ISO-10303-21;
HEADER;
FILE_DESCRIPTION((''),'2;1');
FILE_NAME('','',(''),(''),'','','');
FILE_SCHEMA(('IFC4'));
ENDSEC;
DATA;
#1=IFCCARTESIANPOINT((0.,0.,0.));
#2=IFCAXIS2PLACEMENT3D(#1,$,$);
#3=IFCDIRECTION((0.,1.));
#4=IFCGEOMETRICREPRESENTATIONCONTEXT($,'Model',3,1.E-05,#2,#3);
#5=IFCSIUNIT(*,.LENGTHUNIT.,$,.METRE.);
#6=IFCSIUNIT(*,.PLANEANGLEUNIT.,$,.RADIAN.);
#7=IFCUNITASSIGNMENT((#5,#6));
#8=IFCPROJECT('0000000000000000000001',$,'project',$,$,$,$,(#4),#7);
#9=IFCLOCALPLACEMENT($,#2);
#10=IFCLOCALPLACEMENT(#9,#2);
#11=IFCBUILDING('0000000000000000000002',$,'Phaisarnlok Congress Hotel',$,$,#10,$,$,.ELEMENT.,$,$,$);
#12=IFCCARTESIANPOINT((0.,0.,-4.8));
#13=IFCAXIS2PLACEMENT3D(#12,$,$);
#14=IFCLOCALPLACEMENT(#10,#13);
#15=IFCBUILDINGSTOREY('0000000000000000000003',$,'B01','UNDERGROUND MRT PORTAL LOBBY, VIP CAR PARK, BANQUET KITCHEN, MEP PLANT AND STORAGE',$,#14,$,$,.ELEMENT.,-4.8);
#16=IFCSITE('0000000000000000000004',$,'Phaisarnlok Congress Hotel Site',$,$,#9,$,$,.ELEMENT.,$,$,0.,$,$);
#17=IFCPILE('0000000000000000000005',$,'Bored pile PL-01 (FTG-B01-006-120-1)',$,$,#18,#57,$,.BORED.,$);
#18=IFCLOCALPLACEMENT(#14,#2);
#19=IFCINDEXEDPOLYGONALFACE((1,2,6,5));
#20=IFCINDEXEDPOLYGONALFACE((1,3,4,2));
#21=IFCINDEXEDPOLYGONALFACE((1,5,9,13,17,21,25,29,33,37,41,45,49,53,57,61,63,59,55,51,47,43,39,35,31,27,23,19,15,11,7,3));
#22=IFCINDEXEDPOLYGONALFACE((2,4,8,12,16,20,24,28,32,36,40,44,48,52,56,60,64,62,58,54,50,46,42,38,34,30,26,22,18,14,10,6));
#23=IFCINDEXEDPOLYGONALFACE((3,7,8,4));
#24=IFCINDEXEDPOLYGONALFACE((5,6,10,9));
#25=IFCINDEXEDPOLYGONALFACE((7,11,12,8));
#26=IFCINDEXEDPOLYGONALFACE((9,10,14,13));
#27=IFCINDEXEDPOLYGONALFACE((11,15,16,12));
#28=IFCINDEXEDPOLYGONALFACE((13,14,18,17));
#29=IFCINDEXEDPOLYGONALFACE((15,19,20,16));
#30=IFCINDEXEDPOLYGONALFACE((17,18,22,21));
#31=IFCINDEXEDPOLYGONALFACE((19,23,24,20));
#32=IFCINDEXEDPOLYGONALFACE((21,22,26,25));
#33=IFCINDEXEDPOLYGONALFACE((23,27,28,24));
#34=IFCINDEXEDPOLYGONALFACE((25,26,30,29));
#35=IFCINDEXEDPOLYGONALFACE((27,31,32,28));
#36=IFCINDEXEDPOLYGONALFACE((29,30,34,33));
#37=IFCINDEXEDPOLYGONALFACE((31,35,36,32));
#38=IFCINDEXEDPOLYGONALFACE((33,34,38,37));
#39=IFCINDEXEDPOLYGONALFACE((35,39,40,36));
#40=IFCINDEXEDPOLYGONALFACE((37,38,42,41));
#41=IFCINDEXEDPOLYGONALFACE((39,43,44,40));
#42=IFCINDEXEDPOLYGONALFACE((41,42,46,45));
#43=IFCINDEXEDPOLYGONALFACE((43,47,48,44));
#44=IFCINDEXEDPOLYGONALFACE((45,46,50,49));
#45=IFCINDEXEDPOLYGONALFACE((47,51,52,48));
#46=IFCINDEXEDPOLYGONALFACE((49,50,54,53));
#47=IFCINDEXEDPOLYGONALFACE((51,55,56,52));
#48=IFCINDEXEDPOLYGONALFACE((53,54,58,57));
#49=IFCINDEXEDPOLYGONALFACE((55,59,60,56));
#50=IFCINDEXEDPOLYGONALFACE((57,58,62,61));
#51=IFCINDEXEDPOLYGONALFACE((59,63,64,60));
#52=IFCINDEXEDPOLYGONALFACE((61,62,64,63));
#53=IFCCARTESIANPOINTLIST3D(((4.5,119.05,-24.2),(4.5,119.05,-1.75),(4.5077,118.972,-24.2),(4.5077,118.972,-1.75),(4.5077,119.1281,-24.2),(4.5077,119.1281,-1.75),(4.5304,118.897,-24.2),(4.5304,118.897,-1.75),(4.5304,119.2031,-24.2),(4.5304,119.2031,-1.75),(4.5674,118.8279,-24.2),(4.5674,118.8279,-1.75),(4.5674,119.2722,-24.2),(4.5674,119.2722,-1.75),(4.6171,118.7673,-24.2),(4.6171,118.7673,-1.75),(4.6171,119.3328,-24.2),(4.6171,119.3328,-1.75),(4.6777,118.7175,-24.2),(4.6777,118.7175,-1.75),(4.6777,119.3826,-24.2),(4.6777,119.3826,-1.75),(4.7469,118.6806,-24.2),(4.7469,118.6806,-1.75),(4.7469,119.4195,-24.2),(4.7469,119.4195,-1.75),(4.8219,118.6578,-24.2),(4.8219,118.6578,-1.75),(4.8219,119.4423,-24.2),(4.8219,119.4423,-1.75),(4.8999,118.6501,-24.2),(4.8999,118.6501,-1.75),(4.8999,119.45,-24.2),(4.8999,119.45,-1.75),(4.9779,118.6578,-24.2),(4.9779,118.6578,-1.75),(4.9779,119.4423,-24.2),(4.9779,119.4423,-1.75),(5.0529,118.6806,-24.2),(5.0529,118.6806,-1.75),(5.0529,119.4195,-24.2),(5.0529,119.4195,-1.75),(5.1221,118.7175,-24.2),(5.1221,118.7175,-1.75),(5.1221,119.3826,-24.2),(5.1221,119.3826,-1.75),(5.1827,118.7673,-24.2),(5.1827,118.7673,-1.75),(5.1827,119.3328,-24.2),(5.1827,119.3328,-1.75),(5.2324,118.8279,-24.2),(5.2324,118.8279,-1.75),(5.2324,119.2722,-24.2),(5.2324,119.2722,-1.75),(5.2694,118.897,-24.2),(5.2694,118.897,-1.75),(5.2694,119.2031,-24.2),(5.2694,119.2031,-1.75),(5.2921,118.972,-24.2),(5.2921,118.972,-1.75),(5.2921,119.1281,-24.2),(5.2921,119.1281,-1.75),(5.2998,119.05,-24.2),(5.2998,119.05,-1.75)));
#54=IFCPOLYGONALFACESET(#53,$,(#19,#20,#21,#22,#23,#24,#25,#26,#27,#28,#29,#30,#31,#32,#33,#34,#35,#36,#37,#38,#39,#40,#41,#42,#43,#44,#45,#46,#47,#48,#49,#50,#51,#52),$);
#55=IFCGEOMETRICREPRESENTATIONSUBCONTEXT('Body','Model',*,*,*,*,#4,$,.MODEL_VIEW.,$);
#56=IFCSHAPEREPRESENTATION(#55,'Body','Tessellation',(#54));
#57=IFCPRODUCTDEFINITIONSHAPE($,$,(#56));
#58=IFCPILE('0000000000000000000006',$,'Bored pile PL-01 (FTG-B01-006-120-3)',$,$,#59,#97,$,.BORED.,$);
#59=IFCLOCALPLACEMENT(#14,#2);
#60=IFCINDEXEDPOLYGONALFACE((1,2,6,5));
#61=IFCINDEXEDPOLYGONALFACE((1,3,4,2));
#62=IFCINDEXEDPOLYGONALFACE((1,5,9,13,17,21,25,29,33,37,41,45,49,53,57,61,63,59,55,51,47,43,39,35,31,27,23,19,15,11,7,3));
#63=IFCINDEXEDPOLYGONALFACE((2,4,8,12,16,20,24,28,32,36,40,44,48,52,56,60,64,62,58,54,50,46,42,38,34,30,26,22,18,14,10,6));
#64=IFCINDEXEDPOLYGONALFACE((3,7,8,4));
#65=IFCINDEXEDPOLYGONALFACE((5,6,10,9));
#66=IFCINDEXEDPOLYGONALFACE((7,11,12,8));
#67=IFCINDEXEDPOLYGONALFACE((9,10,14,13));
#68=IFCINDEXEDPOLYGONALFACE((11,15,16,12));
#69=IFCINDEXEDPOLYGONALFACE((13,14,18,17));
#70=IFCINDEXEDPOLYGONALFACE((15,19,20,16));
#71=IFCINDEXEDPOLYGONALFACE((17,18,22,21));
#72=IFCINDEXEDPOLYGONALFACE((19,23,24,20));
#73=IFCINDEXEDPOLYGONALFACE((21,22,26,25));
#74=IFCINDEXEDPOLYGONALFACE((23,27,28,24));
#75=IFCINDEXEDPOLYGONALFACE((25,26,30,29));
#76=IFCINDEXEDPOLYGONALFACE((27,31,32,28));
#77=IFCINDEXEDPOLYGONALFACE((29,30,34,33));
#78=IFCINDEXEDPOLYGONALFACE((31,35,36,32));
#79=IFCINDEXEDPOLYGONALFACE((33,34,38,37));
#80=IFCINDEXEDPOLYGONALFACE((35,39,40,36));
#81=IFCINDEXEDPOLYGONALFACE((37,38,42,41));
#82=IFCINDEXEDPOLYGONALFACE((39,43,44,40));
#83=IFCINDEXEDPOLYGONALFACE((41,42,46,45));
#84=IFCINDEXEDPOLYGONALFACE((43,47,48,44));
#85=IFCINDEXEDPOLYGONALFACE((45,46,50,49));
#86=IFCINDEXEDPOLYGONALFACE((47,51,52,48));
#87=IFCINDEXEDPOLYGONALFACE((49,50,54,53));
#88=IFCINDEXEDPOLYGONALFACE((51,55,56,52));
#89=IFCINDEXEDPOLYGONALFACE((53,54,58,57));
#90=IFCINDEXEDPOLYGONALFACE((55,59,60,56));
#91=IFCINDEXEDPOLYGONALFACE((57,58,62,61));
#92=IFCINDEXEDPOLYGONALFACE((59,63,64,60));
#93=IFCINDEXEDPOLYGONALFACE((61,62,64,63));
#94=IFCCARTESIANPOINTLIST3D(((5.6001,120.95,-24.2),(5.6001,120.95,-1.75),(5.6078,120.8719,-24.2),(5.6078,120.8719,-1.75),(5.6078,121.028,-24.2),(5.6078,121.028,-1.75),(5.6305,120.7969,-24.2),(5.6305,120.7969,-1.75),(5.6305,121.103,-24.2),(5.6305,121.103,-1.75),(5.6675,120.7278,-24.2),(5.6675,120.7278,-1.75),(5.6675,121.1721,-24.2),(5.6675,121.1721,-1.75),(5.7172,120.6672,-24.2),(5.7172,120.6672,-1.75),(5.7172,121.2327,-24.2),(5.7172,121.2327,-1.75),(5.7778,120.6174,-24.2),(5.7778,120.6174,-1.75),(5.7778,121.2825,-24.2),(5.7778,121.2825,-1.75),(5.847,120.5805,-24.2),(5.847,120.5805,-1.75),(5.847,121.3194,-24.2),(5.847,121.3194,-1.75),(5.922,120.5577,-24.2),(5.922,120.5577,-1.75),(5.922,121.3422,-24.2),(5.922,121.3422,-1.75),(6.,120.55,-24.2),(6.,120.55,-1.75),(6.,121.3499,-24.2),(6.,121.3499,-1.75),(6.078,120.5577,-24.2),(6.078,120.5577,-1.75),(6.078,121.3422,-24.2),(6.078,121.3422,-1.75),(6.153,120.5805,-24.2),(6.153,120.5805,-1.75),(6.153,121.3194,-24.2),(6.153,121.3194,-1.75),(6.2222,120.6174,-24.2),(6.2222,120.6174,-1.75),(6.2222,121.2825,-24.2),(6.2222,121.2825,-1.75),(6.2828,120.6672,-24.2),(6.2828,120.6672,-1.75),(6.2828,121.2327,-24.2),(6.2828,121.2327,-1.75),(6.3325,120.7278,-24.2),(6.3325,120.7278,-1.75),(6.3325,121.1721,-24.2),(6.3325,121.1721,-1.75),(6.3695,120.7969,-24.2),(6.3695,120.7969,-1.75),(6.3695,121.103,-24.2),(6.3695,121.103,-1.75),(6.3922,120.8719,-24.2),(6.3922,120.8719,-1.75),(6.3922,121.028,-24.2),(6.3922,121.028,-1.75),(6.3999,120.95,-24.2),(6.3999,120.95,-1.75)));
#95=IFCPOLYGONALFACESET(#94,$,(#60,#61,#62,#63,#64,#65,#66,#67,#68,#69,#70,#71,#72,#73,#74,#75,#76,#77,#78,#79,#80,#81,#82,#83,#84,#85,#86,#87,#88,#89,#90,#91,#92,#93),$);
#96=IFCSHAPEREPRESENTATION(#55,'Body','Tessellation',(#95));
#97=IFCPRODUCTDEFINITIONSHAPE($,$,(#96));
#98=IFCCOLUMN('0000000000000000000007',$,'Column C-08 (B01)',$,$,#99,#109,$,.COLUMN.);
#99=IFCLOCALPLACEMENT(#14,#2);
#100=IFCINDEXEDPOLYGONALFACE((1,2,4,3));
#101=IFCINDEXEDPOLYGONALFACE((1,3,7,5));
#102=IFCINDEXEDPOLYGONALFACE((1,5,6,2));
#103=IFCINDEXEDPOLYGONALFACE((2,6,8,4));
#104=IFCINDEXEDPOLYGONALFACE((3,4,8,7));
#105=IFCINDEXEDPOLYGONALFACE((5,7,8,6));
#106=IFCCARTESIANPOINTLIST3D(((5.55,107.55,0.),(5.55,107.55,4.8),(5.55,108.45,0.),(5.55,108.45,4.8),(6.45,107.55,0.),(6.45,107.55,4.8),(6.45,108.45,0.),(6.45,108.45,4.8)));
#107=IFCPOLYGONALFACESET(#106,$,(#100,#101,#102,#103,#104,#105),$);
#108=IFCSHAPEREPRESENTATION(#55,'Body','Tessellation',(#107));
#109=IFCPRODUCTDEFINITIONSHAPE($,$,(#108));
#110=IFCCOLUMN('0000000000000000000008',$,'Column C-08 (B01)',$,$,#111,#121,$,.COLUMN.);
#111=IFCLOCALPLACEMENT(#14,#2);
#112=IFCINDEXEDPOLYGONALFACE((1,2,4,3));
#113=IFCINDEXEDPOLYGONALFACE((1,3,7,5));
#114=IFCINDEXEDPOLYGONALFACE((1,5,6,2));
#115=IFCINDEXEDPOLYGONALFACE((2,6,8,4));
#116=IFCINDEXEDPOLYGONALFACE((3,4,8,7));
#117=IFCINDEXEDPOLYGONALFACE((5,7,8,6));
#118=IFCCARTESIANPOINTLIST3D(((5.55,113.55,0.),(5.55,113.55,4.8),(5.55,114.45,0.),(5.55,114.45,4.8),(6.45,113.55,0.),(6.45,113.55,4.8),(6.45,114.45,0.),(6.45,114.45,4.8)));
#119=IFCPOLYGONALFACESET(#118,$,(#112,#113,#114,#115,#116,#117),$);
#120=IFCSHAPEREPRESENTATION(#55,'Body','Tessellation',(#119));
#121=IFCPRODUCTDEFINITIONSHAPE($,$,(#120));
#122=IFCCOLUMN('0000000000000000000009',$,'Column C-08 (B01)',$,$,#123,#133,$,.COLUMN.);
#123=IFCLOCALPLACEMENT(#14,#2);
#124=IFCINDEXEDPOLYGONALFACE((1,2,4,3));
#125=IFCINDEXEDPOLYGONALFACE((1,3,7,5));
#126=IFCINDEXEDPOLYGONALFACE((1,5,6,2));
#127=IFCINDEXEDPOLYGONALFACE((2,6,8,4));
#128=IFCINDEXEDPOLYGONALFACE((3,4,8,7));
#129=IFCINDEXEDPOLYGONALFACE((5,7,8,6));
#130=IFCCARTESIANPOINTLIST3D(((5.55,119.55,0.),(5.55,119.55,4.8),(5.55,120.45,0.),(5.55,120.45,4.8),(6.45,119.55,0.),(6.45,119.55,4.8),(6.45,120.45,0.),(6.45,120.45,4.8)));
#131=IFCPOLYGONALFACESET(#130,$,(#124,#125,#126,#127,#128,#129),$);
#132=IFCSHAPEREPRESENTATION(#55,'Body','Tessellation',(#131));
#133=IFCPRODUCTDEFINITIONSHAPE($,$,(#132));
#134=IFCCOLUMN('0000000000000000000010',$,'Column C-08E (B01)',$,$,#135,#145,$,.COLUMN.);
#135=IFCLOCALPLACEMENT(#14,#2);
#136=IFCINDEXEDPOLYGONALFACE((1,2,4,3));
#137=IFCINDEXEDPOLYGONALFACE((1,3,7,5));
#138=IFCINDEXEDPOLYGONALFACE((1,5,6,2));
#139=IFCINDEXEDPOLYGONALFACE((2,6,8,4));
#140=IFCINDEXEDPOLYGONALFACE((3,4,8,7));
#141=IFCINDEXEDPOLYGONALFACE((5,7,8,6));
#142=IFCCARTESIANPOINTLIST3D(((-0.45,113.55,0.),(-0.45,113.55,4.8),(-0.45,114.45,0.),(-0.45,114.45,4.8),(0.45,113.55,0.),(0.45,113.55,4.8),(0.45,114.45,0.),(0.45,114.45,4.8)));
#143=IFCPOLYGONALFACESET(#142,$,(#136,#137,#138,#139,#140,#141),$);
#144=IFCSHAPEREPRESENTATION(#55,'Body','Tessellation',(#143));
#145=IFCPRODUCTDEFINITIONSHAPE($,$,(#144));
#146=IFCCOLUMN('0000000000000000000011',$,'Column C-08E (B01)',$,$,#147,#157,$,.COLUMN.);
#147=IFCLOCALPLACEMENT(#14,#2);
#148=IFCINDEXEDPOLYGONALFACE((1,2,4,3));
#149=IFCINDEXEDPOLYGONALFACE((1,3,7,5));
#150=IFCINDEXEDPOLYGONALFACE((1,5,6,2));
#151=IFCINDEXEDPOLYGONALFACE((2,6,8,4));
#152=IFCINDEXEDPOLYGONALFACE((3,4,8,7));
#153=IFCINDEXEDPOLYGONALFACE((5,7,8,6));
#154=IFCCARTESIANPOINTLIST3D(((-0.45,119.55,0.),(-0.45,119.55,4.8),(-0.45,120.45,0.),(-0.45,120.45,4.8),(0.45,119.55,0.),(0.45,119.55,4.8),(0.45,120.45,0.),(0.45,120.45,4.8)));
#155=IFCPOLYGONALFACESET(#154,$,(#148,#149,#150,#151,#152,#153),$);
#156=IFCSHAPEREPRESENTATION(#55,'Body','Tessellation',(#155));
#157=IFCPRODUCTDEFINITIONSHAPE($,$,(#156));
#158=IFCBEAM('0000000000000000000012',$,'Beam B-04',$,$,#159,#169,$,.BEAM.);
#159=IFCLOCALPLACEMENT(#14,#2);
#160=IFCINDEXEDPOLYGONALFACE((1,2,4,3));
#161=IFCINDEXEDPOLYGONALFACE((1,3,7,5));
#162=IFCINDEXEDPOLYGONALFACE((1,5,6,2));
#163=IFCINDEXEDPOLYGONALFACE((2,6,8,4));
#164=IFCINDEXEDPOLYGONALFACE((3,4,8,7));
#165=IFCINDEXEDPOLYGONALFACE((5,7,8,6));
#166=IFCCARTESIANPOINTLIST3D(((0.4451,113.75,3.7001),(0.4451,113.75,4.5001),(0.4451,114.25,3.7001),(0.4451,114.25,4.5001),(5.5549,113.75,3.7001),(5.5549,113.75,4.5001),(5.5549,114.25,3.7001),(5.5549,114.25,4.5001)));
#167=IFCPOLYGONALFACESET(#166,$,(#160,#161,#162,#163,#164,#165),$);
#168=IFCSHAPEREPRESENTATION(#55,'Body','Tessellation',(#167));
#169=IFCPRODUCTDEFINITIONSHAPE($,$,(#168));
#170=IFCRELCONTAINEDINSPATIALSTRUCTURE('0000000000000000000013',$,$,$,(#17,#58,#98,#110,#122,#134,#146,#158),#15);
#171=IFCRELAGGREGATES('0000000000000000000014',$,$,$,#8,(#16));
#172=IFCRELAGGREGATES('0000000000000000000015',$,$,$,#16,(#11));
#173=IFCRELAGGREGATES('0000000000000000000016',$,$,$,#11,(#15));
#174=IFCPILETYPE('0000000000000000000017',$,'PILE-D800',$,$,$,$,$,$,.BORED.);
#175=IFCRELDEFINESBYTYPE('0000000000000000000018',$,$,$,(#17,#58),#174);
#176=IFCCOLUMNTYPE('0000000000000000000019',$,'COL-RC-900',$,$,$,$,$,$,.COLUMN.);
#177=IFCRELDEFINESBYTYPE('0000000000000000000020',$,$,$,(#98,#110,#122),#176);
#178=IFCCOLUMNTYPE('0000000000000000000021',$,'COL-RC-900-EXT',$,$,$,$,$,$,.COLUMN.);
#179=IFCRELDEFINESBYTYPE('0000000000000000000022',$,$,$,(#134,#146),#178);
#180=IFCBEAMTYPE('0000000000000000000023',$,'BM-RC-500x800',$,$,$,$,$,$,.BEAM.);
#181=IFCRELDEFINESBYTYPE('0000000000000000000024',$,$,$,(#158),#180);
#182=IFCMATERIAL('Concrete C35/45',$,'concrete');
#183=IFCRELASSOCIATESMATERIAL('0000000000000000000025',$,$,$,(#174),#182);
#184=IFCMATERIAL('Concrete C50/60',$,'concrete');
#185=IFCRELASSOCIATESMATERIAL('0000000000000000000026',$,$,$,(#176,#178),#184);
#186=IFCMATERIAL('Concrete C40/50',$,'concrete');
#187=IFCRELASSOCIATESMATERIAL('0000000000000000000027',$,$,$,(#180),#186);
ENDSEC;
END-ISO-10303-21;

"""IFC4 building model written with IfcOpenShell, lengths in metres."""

from ifc_helpers import new_model, si_unit, direction, frame, origin, origin_2d, place, context, subcontext, project, spatial, rectangle, circle, extrude, material, material_profile, profile_set, type_object, element, save


model = new_model("IFC4")

# Units and contexts
model_context = context("Model", 3, precision=1e-05, world=origin(), true_north=direction((0.0, 1.0)))
body_context = subcontext(model_context, "Body", "Model", "MODEL_VIEW")
ifc_project = project(units=[si_unit("LENGTHUNIT", "METRE"), si_unit("PLANEANGLEUNIT", "RADIAN")], contexts=[model_context])

# Site, building, storey
site_placement = place(None, origin())
site = spatial("IfcSite", under=ifc_project, at=site_placement, Name="Phaisarnlok Congress Hotel Site", CompositionType="ELEMENT", RefElevation=0.0)
building_placement = place(site_placement, origin())
building = spatial("IfcBuilding", under=site, at=building_placement, Name="Phaisarnlok Congress Hotel", CompositionType="ELEMENT")
storey_placement = place(building_placement, frame((0.0, 0.0, -4.8)))
storey = spatial("IfcBuildingStorey", under=building, at=storey_placement, Name="B01", Description="UNDERGROUND MRT PORTAL LOBBY, VIP CAR PARK, BANQUET KITCHEN, MEP PLANT AND STORAGE", CompositionType="ELEMENT", Elevation=-4.8)

# Shared definitions
ifc_material_1 = material(Name="Concrete C40/50", Category="concrete")

# Piles
ifc_material_2 = material(Name="Concrete C35/45", Category="concrete")
ifc_material_profile_1 = material_profile(ifc_material_2, circle(Radius=0.3999, at=origin_2d()), Name="BORED PILE D800")
ifc_profile_set_1 = profile_set([ifc_material_profile_1], Name="Concrete C35/45")
pile_type_1 = type_object("IfcPileType", Name="PILE-D800", PredefinedType="BORED", material=ifc_profile_set_1)
for number, where, z_axis, x_axis, name in (
    (1, (4.8999, 119.05, -1.75), (0.0, 0.0, -1.0), (1.0, 0.0, 0.0), "Bored pile PL-01 (FTG-B01-006-120-1)"),
    (2, (6.0, 120.95, -1.75), (0.0, 0.0, -1.0), (1.0, 0.0, 0.0), "Bored pile PL-01 (FTG-B01-006-120-3)"),
):
    element("IfcPile", number, at=place(storey_placement, frame(where, z_axis=z_axis, x_axis=x_axis)), inside=storey, type_object=pile_type_1, Name=name, PredefinedType="BORED", context=body_context, shape_type="SweptSolid", body=[
        extrude(circle(Radius=0.3999, at=origin_2d()), origin(), (0.0, 0.0, 1.0), 22.45),
    ])

# Columns
ifc_material_3 = material(Name="Concrete C50/60", Category="concrete")
ifc_material_profile_2 = material_profile(ifc_material_3, rectangle(XDim=0.8999, YDim=0.8999, at=origin_2d()), Name="RC 900x900")
ifc_profile_set_2 = profile_set([ifc_material_profile_2], Name="Concrete C50/60")
column_type_1 = type_object("IfcColumnType", Name="COL-RC-900", PredefinedType="COLUMN", material=ifc_profile_set_2)
for number, where, z_axis, x_axis, name in (
    (3, (6.0, 108.0, 0.0), (0.0, 0.0, 1.0), (1.0, 0.0, 0.0), "Column C-08 (B01)"),
    (4, (6.0, 114.0, 0.0), (0.0, 0.0, 1.0), (1.0, 0.0, 0.0), "Column C-08 (B01)"),
    (5, (6.0, 120.0, 0.0), (0.0, 0.0, 1.0), (1.0, 0.0, 0.0), "Column C-08 (B01)"),
):
    element("IfcColumn", number, at=place(storey_placement, frame(where, z_axis=z_axis, x_axis=x_axis)), inside=storey, type_object=column_type_1, Name=name, PredefinedType="COLUMN", context=body_context, shape_type="SweptSolid", body=[
        extrude(rectangle(XDim=0.8999, YDim=0.8999, at=origin_2d()), origin(), (0.0, 0.0, 1.0), 4.8),
    ])
ifc_material_profile_3 = material_profile(ifc_material_3, rectangle(XDim=0.8999, YDim=0.8999, at=origin_2d()), Name="RC 900x900")
ifc_profile_set_3 = profile_set([ifc_material_profile_3], Name="Concrete C50/60")
column_type_2 = type_object("IfcColumnType", Name="COL-RC-900-EXT", PredefinedType="COLUMN", material=ifc_profile_set_3)
for number, where, z_axis, x_axis, name in (
    (6, (0.0, 114.0, 0.0), (0.0, 0.0, 1.0), (1.0, 0.0, 0.0), "Column C-08E (B01)"),
    (7, (0.0, 120.0, 0.0), (0.0, 0.0, 1.0), (1.0, 0.0, 0.0), "Column C-08E (B01)"),
):
    element("IfcColumn", number, at=place(storey_placement, frame(where, z_axis=z_axis, x_axis=x_axis)), inside=storey, type_object=column_type_2, Name=name, PredefinedType="COLUMN", context=body_context, shape_type="SweptSolid", body=[
        extrude(rectangle(XDim=0.8999, YDim=0.8999, at=origin_2d()), origin(), (0.0, 0.0, 1.0), 4.8),
    ])

# Beam
ifc_material_profile_4 = material_profile(ifc_material_1, rectangle(XDim=0.5, YDim=0.8, at=origin_2d()), Name="RC 500x800")
ifc_profile_set_4 = profile_set([ifc_material_profile_4], Name="Concrete C40/50")
beam_type_1 = type_object("IfcBeamType", Name="BM-RC-500x800", PredefinedType="BEAM", material=ifc_profile_set_4)
beam_1_placement = place(storey_placement, frame((0.4451, 114.0, 4.1001), z_axis=(1.0, 0.0, 0.0), x_axis=(0.0, 1.0, 0.0)))
element("IfcBeam", 8, at=beam_1_placement, inside=storey, type_object=beam_type_1, Name="Beam B-04", PredefinedType="BEAM", context=body_context, shape_type="SweptSolid", body=[
    extrude(rectangle(XDim=0.5, YDim=0.8, at=origin_2d()), origin(), (0.0, 0.0, 1.0), 5.1099),
])

save(model, "model.ifc")
